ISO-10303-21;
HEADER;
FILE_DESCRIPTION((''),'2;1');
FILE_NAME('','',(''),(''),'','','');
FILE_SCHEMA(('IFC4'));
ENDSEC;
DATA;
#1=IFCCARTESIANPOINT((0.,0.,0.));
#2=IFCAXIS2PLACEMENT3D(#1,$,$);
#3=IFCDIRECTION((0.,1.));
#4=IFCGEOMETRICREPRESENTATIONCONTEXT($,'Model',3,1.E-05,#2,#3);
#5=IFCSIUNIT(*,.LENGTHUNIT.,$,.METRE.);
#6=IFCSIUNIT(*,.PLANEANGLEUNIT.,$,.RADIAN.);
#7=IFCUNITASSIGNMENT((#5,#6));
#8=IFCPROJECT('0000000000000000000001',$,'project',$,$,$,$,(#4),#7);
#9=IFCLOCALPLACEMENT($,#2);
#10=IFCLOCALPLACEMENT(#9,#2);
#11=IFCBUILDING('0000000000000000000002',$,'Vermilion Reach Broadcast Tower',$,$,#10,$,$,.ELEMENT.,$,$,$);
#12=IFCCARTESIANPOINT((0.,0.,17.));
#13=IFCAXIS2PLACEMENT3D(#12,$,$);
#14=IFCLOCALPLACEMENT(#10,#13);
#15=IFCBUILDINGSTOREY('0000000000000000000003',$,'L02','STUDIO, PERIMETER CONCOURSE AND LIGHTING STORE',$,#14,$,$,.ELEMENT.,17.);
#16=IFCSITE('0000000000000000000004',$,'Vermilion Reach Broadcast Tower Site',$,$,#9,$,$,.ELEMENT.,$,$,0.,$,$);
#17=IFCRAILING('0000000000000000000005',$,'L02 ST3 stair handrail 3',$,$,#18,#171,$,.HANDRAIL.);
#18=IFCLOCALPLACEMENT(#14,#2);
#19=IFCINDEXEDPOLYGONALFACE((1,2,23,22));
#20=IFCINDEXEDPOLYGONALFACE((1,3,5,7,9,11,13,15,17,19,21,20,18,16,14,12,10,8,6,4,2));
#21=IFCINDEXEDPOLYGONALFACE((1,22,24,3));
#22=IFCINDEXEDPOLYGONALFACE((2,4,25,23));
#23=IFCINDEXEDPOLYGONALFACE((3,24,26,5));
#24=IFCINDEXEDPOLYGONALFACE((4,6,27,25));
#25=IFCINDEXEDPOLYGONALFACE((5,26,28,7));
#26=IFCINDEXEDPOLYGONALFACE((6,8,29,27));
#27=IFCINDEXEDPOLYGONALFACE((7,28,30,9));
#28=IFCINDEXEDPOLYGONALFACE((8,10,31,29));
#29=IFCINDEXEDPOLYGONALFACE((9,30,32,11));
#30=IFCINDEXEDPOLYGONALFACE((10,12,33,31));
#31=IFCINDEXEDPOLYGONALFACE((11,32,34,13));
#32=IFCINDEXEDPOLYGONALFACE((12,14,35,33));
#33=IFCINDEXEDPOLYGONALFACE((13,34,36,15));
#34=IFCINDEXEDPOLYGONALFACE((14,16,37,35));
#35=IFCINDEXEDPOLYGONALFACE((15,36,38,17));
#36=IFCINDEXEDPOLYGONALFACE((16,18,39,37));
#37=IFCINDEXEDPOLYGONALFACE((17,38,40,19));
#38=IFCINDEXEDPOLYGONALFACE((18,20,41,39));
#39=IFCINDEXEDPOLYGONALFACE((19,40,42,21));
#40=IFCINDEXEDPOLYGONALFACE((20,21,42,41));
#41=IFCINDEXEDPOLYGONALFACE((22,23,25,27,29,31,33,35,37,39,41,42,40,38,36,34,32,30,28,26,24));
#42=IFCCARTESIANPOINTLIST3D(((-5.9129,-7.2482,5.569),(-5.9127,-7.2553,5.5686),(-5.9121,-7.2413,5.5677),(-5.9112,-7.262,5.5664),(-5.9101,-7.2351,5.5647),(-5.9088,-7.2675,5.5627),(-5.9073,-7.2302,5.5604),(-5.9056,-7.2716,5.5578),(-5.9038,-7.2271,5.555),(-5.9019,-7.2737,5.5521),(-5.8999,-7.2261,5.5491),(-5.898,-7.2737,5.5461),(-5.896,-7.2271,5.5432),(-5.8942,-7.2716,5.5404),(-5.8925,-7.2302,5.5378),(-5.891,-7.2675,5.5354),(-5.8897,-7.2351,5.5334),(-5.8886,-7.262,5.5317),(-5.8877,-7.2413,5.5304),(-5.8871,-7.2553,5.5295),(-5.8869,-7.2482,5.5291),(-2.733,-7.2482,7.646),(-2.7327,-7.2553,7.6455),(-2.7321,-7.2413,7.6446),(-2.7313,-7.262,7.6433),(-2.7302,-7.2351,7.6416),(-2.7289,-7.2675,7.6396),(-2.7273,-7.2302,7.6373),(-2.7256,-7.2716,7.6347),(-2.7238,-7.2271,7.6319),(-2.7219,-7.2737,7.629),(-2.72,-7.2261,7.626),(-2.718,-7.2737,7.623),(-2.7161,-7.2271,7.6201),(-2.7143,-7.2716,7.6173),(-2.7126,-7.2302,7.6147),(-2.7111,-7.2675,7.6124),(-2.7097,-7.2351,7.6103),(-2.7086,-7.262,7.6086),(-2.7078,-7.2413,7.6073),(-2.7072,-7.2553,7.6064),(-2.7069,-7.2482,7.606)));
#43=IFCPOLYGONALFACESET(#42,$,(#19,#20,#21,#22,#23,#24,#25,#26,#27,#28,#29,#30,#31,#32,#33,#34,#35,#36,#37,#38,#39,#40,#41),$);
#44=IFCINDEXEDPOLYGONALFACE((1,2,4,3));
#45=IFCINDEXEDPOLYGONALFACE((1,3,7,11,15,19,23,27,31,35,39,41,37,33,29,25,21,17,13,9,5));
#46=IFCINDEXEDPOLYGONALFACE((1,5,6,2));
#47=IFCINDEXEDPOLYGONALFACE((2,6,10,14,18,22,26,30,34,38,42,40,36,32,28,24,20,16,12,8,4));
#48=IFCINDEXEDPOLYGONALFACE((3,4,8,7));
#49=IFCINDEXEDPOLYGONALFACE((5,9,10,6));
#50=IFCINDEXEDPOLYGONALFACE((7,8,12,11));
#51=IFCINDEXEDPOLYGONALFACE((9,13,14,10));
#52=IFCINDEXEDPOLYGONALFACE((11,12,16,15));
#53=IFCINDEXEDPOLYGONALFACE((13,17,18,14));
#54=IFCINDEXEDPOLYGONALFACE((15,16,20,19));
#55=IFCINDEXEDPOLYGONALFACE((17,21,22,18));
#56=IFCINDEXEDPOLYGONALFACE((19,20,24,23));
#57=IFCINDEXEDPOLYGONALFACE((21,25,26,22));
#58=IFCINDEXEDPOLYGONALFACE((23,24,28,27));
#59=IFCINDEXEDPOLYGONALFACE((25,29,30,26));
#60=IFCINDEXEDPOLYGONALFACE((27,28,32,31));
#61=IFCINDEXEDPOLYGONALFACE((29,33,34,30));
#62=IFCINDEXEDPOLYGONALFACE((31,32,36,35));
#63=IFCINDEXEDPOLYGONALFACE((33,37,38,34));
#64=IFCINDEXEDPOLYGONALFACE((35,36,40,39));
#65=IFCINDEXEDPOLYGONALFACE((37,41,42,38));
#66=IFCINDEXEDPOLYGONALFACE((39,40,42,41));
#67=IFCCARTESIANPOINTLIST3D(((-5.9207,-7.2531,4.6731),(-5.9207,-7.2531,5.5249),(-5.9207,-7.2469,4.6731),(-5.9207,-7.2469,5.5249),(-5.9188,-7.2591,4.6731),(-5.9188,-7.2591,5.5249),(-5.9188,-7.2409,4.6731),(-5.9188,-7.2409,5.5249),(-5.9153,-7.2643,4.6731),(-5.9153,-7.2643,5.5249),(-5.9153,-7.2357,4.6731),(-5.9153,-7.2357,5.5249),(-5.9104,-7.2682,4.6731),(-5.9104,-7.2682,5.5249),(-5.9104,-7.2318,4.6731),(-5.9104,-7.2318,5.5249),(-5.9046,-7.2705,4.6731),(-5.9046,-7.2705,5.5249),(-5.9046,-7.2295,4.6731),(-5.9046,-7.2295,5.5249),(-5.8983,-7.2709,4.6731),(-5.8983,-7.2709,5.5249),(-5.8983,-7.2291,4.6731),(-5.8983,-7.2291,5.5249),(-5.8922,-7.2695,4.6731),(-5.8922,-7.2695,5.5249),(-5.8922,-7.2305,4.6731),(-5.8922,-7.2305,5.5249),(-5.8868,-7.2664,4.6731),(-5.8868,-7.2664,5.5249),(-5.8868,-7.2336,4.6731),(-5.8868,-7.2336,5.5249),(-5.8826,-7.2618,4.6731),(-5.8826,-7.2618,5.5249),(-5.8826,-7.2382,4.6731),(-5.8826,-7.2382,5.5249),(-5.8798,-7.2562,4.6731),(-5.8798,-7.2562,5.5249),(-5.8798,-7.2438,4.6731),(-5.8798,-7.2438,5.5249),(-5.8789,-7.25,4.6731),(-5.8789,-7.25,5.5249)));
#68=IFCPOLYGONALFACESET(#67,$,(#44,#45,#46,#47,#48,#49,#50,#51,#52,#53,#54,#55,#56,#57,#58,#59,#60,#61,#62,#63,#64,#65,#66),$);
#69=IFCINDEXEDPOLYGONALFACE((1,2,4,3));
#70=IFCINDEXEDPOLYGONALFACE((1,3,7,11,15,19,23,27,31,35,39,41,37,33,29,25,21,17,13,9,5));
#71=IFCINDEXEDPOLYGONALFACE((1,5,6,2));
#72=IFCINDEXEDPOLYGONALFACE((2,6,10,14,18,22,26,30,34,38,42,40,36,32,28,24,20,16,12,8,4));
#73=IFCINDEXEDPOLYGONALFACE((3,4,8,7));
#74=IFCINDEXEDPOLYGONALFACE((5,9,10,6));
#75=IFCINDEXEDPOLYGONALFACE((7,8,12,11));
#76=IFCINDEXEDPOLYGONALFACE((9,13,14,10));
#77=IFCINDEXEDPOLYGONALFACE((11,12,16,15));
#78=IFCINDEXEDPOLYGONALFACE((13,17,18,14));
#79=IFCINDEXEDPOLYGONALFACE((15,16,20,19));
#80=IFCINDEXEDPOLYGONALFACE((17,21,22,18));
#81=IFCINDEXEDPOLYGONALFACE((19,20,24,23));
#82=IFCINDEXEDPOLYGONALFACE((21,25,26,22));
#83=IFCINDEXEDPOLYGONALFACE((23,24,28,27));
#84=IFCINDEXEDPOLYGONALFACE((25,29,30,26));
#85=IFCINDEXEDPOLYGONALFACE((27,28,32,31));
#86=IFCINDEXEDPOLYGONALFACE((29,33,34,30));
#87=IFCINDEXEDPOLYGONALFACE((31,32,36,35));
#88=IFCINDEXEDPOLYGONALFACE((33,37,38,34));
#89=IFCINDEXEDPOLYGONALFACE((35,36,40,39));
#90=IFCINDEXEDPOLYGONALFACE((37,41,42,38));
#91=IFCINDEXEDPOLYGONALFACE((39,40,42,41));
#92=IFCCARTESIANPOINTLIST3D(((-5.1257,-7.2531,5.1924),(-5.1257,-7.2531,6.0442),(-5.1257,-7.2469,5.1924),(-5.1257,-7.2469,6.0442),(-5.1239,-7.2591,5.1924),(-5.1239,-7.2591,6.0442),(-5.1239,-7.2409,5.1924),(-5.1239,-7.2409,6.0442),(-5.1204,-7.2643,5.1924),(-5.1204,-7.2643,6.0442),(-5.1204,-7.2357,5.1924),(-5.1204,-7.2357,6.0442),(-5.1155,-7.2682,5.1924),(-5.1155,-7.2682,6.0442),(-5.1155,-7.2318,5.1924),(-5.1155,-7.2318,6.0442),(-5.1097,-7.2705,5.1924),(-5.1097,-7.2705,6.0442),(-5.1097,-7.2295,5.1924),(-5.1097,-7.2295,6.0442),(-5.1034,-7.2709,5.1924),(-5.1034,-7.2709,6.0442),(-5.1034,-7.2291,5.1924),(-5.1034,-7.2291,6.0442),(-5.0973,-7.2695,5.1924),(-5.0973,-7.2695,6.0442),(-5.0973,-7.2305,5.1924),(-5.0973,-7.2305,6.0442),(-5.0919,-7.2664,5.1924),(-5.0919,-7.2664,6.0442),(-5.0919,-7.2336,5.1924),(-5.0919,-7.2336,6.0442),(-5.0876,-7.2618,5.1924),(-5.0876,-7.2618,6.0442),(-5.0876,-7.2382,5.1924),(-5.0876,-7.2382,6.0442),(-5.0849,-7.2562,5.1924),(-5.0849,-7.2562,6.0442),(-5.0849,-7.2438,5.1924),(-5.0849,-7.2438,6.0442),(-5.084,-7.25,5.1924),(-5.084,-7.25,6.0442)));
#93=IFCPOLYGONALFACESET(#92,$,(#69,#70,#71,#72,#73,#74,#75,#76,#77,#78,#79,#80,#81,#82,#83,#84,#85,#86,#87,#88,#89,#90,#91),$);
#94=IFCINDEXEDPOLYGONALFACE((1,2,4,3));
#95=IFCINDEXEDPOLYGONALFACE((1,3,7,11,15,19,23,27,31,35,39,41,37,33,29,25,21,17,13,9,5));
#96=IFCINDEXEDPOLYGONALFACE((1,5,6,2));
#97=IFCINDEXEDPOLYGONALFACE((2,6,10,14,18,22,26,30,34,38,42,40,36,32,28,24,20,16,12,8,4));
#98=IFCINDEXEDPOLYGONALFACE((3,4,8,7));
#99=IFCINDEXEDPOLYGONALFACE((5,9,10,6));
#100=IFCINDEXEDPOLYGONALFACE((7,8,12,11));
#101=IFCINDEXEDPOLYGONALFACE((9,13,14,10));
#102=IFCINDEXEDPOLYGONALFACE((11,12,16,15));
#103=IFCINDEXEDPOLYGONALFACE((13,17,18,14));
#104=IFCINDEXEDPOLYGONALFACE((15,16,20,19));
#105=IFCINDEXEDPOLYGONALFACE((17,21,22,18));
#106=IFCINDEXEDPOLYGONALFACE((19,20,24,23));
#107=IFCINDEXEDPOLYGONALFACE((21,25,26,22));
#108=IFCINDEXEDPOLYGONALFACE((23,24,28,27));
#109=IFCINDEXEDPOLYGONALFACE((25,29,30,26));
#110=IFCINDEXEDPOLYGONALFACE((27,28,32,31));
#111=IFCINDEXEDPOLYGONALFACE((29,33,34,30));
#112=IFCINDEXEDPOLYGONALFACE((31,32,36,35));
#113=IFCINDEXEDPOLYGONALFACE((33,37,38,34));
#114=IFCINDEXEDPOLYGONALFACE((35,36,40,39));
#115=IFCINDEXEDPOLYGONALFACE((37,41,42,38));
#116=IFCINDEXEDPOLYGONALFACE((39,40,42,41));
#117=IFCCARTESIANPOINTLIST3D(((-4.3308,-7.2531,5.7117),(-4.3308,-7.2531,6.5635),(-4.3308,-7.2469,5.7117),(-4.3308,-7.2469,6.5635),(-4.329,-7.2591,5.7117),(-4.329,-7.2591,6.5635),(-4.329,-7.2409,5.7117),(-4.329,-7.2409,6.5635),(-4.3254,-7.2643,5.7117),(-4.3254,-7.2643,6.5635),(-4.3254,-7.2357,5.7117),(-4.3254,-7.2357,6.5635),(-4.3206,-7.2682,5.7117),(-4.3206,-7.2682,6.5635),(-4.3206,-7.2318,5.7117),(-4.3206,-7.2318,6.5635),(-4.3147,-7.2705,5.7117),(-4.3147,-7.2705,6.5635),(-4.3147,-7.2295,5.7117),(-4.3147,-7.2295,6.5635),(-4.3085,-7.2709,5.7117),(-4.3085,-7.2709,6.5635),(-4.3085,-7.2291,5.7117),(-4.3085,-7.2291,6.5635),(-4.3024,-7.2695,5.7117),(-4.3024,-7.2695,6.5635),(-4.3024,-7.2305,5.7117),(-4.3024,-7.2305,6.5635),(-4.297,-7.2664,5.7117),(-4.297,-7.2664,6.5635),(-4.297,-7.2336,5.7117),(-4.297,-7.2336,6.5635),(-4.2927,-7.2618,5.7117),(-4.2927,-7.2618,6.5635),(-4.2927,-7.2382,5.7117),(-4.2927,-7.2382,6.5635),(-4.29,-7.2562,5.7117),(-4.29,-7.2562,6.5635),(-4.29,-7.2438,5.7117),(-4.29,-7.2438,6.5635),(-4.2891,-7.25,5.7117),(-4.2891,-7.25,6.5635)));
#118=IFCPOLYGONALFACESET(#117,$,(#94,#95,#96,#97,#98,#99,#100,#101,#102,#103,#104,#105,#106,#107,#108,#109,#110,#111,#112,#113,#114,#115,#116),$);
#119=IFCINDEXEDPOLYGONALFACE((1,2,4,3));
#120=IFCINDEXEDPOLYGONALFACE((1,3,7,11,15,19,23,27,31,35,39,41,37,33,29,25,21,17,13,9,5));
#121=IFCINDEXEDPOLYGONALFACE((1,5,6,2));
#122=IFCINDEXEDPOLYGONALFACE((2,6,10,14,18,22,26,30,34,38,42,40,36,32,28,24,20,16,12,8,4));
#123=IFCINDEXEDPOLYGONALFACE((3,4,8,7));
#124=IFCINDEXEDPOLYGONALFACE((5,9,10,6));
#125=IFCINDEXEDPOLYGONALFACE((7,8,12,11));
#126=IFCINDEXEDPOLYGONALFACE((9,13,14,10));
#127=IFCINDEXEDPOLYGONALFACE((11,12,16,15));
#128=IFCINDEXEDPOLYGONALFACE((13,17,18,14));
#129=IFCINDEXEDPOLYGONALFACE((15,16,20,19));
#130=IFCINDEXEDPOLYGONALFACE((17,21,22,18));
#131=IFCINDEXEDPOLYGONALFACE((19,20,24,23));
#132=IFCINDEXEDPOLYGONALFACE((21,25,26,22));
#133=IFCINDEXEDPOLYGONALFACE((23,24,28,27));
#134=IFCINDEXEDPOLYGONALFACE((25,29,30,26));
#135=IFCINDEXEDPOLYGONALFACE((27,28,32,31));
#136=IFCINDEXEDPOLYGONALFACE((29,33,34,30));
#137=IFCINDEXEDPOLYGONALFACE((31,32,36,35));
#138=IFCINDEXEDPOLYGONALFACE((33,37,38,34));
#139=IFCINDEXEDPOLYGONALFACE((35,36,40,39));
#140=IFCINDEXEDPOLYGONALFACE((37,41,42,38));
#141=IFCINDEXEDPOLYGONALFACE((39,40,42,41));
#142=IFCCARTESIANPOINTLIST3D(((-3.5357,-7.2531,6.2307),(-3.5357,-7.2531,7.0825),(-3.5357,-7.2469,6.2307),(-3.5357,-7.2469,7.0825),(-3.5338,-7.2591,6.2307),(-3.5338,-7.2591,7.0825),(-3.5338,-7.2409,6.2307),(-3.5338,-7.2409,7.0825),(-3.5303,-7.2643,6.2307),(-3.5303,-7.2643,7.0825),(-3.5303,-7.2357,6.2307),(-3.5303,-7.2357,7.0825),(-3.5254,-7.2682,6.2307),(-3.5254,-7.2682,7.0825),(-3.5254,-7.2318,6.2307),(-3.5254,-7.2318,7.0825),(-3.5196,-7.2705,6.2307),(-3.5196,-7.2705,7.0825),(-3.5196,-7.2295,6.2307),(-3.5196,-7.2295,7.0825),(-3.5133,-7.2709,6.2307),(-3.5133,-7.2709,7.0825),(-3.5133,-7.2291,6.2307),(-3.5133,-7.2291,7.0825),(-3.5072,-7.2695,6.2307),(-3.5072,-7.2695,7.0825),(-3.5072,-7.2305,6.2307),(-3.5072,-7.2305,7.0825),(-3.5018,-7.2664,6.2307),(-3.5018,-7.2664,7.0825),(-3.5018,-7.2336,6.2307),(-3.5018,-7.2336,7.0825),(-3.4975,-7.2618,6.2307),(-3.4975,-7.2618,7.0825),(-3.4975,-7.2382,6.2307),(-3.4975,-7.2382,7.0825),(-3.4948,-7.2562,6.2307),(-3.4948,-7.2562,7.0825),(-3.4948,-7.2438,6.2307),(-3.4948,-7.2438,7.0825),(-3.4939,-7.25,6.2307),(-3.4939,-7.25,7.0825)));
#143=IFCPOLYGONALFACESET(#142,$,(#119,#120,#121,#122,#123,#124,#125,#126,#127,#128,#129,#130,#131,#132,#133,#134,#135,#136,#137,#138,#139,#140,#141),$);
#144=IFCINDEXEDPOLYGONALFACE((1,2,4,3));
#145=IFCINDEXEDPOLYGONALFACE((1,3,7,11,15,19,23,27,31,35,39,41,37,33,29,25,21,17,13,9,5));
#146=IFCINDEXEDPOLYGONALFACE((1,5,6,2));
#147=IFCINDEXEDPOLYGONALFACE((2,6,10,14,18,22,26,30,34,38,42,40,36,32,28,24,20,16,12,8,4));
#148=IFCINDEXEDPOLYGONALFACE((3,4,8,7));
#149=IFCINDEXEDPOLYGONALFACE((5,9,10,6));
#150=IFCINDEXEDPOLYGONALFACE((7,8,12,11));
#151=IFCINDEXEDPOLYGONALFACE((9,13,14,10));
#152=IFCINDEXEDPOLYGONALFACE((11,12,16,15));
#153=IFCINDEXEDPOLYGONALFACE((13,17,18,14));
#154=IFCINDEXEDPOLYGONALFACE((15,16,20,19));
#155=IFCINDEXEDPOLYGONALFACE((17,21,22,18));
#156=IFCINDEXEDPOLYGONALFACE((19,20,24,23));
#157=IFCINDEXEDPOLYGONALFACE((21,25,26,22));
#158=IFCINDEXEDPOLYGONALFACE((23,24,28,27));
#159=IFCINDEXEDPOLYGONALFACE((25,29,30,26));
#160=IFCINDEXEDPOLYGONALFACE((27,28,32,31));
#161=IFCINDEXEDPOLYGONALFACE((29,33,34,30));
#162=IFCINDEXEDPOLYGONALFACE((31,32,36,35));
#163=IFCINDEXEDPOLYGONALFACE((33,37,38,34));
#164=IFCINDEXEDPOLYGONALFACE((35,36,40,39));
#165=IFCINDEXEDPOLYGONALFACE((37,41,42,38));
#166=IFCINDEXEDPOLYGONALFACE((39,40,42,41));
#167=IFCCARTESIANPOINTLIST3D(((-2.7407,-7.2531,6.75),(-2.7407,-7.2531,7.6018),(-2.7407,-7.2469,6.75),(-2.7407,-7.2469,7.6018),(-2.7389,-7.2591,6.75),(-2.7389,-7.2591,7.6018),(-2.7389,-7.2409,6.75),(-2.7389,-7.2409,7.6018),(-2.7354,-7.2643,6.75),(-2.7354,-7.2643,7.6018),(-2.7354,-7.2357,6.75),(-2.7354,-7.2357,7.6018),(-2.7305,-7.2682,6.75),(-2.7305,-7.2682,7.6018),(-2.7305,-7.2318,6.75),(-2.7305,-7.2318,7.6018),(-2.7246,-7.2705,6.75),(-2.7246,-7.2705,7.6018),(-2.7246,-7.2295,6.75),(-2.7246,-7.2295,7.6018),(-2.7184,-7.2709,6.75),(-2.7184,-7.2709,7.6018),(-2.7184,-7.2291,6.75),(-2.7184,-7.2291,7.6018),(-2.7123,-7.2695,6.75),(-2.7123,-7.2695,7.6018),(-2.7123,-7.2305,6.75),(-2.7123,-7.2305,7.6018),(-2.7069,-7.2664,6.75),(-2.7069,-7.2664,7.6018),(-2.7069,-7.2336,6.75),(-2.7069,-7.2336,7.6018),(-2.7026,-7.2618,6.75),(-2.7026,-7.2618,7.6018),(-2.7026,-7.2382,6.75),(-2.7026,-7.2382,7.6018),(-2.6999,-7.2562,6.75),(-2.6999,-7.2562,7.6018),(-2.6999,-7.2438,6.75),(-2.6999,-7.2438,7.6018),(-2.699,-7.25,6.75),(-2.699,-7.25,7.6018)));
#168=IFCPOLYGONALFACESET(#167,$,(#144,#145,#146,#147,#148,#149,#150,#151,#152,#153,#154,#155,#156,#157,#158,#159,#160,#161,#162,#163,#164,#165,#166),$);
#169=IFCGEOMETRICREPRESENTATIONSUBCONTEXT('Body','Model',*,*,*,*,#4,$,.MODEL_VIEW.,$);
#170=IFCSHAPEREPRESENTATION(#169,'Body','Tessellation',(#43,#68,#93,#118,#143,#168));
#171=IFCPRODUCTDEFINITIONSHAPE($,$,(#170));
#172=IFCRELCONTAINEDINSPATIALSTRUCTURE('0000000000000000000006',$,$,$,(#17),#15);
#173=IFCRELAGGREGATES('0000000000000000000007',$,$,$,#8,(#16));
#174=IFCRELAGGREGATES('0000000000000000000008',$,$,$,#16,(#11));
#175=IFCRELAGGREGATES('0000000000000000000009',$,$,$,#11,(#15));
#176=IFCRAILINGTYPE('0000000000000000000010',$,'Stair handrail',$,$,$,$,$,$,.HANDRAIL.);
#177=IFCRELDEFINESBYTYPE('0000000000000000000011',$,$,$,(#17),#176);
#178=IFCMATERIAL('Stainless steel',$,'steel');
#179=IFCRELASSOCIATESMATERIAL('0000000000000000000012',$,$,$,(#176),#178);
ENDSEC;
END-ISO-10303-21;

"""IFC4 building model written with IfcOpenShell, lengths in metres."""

from ifc_helpers import new_model, si_unit, direction, frame, origin, origin_2d, place, context, subcontext, project, spatial, circle, extrude, material, type_object, element, save


model = new_model("IFC4")

# Units and contexts
model_context = context("Model", 3, precision=1e-05, world=origin(), true_north=direction((0.0, 1.0)))
body_context = subcontext(model_context, "Body", "Model", "MODEL_VIEW")
ifc_project = project(units=[si_unit("LENGTHUNIT", "METRE"), si_unit("PLANEANGLEUNIT", "RADIAN")], contexts=[model_context])

# Site, building, storey
site_placement = place(None, origin())
site = spatial("IfcSite", under=ifc_project, at=site_placement, Name="Vermilion Reach Broadcast Tower Site", CompositionType="ELEMENT", RefElevation=0.0)
building_placement = place(site_placement, origin())
building = spatial("IfcBuilding", under=site, at=building_placement, Name="Vermilion Reach Broadcast Tower", CompositionType="ELEMENT")
storey_placement = place(building_placement, frame((0.0, 0.0, 17.0)))
storey = spatial("IfcBuildingStorey", under=building, at=storey_placement, Name="L02", Description="STUDIO, PERIMETER CONCOURSE AND LIGHTING STORE", CompositionType="ELEMENT", Elevation=17.0)

# Railing
ifc_material_1 = material(Name="Stainless steel", Category="steel")
railing_type_1 = type_object("IfcRailingType", Name="Stair handrail", PredefinedType="HANDRAIL", material=ifc_material_1)
railing_1_placement = place(storey_placement, frame((-5.8999, -7.25, 4.6731)))
element("IfcRailing", 1, at=railing_1_placement, inside=storey, type_object=railing_type_1, Name="L02 ST3 stair handrail 3", PredefinedType="HANDRAIL", context=body_context, shape_type="SweptSolid", body=[
    extrude(circle(Radius=0.0239, at=origin_2d()), frame((0.0, 0.0, 0.876), z_axis=(0.837245, 0.0, 0.546828), x_axis=(0.0, 1.0, 0.0)), (0.0, 0.0, 1.0), 3.7981),
    extrude(circle(Radius=0.021, at=origin_2d()), origin(), (0.0, 0.0, 1.0), 0.8518),
    extrude(circle(Radius=0.021, at=origin_2d()), frame((0.7949, 0.0, 0.5193)), (0.0, 0.0, 1.0), 0.8518),
    extrude(circle(Radius=0.021, at=origin_2d()), frame((1.5898, 0.0, 1.0386)), (0.0, 0.0, 1.0), 0.8518),
    extrude(circle(Radius=0.021, at=origin_2d()), frame((2.385, 0.0, 1.5576)), (0.0, 0.0, 1.0), 0.8518),
    extrude(circle(Radius=0.021, at=origin_2d()), frame((3.1799, 0.0, 2.0769)), (0.0, 0.0, 1.0), 0.8518),
])

save(model, "model.ifc")
